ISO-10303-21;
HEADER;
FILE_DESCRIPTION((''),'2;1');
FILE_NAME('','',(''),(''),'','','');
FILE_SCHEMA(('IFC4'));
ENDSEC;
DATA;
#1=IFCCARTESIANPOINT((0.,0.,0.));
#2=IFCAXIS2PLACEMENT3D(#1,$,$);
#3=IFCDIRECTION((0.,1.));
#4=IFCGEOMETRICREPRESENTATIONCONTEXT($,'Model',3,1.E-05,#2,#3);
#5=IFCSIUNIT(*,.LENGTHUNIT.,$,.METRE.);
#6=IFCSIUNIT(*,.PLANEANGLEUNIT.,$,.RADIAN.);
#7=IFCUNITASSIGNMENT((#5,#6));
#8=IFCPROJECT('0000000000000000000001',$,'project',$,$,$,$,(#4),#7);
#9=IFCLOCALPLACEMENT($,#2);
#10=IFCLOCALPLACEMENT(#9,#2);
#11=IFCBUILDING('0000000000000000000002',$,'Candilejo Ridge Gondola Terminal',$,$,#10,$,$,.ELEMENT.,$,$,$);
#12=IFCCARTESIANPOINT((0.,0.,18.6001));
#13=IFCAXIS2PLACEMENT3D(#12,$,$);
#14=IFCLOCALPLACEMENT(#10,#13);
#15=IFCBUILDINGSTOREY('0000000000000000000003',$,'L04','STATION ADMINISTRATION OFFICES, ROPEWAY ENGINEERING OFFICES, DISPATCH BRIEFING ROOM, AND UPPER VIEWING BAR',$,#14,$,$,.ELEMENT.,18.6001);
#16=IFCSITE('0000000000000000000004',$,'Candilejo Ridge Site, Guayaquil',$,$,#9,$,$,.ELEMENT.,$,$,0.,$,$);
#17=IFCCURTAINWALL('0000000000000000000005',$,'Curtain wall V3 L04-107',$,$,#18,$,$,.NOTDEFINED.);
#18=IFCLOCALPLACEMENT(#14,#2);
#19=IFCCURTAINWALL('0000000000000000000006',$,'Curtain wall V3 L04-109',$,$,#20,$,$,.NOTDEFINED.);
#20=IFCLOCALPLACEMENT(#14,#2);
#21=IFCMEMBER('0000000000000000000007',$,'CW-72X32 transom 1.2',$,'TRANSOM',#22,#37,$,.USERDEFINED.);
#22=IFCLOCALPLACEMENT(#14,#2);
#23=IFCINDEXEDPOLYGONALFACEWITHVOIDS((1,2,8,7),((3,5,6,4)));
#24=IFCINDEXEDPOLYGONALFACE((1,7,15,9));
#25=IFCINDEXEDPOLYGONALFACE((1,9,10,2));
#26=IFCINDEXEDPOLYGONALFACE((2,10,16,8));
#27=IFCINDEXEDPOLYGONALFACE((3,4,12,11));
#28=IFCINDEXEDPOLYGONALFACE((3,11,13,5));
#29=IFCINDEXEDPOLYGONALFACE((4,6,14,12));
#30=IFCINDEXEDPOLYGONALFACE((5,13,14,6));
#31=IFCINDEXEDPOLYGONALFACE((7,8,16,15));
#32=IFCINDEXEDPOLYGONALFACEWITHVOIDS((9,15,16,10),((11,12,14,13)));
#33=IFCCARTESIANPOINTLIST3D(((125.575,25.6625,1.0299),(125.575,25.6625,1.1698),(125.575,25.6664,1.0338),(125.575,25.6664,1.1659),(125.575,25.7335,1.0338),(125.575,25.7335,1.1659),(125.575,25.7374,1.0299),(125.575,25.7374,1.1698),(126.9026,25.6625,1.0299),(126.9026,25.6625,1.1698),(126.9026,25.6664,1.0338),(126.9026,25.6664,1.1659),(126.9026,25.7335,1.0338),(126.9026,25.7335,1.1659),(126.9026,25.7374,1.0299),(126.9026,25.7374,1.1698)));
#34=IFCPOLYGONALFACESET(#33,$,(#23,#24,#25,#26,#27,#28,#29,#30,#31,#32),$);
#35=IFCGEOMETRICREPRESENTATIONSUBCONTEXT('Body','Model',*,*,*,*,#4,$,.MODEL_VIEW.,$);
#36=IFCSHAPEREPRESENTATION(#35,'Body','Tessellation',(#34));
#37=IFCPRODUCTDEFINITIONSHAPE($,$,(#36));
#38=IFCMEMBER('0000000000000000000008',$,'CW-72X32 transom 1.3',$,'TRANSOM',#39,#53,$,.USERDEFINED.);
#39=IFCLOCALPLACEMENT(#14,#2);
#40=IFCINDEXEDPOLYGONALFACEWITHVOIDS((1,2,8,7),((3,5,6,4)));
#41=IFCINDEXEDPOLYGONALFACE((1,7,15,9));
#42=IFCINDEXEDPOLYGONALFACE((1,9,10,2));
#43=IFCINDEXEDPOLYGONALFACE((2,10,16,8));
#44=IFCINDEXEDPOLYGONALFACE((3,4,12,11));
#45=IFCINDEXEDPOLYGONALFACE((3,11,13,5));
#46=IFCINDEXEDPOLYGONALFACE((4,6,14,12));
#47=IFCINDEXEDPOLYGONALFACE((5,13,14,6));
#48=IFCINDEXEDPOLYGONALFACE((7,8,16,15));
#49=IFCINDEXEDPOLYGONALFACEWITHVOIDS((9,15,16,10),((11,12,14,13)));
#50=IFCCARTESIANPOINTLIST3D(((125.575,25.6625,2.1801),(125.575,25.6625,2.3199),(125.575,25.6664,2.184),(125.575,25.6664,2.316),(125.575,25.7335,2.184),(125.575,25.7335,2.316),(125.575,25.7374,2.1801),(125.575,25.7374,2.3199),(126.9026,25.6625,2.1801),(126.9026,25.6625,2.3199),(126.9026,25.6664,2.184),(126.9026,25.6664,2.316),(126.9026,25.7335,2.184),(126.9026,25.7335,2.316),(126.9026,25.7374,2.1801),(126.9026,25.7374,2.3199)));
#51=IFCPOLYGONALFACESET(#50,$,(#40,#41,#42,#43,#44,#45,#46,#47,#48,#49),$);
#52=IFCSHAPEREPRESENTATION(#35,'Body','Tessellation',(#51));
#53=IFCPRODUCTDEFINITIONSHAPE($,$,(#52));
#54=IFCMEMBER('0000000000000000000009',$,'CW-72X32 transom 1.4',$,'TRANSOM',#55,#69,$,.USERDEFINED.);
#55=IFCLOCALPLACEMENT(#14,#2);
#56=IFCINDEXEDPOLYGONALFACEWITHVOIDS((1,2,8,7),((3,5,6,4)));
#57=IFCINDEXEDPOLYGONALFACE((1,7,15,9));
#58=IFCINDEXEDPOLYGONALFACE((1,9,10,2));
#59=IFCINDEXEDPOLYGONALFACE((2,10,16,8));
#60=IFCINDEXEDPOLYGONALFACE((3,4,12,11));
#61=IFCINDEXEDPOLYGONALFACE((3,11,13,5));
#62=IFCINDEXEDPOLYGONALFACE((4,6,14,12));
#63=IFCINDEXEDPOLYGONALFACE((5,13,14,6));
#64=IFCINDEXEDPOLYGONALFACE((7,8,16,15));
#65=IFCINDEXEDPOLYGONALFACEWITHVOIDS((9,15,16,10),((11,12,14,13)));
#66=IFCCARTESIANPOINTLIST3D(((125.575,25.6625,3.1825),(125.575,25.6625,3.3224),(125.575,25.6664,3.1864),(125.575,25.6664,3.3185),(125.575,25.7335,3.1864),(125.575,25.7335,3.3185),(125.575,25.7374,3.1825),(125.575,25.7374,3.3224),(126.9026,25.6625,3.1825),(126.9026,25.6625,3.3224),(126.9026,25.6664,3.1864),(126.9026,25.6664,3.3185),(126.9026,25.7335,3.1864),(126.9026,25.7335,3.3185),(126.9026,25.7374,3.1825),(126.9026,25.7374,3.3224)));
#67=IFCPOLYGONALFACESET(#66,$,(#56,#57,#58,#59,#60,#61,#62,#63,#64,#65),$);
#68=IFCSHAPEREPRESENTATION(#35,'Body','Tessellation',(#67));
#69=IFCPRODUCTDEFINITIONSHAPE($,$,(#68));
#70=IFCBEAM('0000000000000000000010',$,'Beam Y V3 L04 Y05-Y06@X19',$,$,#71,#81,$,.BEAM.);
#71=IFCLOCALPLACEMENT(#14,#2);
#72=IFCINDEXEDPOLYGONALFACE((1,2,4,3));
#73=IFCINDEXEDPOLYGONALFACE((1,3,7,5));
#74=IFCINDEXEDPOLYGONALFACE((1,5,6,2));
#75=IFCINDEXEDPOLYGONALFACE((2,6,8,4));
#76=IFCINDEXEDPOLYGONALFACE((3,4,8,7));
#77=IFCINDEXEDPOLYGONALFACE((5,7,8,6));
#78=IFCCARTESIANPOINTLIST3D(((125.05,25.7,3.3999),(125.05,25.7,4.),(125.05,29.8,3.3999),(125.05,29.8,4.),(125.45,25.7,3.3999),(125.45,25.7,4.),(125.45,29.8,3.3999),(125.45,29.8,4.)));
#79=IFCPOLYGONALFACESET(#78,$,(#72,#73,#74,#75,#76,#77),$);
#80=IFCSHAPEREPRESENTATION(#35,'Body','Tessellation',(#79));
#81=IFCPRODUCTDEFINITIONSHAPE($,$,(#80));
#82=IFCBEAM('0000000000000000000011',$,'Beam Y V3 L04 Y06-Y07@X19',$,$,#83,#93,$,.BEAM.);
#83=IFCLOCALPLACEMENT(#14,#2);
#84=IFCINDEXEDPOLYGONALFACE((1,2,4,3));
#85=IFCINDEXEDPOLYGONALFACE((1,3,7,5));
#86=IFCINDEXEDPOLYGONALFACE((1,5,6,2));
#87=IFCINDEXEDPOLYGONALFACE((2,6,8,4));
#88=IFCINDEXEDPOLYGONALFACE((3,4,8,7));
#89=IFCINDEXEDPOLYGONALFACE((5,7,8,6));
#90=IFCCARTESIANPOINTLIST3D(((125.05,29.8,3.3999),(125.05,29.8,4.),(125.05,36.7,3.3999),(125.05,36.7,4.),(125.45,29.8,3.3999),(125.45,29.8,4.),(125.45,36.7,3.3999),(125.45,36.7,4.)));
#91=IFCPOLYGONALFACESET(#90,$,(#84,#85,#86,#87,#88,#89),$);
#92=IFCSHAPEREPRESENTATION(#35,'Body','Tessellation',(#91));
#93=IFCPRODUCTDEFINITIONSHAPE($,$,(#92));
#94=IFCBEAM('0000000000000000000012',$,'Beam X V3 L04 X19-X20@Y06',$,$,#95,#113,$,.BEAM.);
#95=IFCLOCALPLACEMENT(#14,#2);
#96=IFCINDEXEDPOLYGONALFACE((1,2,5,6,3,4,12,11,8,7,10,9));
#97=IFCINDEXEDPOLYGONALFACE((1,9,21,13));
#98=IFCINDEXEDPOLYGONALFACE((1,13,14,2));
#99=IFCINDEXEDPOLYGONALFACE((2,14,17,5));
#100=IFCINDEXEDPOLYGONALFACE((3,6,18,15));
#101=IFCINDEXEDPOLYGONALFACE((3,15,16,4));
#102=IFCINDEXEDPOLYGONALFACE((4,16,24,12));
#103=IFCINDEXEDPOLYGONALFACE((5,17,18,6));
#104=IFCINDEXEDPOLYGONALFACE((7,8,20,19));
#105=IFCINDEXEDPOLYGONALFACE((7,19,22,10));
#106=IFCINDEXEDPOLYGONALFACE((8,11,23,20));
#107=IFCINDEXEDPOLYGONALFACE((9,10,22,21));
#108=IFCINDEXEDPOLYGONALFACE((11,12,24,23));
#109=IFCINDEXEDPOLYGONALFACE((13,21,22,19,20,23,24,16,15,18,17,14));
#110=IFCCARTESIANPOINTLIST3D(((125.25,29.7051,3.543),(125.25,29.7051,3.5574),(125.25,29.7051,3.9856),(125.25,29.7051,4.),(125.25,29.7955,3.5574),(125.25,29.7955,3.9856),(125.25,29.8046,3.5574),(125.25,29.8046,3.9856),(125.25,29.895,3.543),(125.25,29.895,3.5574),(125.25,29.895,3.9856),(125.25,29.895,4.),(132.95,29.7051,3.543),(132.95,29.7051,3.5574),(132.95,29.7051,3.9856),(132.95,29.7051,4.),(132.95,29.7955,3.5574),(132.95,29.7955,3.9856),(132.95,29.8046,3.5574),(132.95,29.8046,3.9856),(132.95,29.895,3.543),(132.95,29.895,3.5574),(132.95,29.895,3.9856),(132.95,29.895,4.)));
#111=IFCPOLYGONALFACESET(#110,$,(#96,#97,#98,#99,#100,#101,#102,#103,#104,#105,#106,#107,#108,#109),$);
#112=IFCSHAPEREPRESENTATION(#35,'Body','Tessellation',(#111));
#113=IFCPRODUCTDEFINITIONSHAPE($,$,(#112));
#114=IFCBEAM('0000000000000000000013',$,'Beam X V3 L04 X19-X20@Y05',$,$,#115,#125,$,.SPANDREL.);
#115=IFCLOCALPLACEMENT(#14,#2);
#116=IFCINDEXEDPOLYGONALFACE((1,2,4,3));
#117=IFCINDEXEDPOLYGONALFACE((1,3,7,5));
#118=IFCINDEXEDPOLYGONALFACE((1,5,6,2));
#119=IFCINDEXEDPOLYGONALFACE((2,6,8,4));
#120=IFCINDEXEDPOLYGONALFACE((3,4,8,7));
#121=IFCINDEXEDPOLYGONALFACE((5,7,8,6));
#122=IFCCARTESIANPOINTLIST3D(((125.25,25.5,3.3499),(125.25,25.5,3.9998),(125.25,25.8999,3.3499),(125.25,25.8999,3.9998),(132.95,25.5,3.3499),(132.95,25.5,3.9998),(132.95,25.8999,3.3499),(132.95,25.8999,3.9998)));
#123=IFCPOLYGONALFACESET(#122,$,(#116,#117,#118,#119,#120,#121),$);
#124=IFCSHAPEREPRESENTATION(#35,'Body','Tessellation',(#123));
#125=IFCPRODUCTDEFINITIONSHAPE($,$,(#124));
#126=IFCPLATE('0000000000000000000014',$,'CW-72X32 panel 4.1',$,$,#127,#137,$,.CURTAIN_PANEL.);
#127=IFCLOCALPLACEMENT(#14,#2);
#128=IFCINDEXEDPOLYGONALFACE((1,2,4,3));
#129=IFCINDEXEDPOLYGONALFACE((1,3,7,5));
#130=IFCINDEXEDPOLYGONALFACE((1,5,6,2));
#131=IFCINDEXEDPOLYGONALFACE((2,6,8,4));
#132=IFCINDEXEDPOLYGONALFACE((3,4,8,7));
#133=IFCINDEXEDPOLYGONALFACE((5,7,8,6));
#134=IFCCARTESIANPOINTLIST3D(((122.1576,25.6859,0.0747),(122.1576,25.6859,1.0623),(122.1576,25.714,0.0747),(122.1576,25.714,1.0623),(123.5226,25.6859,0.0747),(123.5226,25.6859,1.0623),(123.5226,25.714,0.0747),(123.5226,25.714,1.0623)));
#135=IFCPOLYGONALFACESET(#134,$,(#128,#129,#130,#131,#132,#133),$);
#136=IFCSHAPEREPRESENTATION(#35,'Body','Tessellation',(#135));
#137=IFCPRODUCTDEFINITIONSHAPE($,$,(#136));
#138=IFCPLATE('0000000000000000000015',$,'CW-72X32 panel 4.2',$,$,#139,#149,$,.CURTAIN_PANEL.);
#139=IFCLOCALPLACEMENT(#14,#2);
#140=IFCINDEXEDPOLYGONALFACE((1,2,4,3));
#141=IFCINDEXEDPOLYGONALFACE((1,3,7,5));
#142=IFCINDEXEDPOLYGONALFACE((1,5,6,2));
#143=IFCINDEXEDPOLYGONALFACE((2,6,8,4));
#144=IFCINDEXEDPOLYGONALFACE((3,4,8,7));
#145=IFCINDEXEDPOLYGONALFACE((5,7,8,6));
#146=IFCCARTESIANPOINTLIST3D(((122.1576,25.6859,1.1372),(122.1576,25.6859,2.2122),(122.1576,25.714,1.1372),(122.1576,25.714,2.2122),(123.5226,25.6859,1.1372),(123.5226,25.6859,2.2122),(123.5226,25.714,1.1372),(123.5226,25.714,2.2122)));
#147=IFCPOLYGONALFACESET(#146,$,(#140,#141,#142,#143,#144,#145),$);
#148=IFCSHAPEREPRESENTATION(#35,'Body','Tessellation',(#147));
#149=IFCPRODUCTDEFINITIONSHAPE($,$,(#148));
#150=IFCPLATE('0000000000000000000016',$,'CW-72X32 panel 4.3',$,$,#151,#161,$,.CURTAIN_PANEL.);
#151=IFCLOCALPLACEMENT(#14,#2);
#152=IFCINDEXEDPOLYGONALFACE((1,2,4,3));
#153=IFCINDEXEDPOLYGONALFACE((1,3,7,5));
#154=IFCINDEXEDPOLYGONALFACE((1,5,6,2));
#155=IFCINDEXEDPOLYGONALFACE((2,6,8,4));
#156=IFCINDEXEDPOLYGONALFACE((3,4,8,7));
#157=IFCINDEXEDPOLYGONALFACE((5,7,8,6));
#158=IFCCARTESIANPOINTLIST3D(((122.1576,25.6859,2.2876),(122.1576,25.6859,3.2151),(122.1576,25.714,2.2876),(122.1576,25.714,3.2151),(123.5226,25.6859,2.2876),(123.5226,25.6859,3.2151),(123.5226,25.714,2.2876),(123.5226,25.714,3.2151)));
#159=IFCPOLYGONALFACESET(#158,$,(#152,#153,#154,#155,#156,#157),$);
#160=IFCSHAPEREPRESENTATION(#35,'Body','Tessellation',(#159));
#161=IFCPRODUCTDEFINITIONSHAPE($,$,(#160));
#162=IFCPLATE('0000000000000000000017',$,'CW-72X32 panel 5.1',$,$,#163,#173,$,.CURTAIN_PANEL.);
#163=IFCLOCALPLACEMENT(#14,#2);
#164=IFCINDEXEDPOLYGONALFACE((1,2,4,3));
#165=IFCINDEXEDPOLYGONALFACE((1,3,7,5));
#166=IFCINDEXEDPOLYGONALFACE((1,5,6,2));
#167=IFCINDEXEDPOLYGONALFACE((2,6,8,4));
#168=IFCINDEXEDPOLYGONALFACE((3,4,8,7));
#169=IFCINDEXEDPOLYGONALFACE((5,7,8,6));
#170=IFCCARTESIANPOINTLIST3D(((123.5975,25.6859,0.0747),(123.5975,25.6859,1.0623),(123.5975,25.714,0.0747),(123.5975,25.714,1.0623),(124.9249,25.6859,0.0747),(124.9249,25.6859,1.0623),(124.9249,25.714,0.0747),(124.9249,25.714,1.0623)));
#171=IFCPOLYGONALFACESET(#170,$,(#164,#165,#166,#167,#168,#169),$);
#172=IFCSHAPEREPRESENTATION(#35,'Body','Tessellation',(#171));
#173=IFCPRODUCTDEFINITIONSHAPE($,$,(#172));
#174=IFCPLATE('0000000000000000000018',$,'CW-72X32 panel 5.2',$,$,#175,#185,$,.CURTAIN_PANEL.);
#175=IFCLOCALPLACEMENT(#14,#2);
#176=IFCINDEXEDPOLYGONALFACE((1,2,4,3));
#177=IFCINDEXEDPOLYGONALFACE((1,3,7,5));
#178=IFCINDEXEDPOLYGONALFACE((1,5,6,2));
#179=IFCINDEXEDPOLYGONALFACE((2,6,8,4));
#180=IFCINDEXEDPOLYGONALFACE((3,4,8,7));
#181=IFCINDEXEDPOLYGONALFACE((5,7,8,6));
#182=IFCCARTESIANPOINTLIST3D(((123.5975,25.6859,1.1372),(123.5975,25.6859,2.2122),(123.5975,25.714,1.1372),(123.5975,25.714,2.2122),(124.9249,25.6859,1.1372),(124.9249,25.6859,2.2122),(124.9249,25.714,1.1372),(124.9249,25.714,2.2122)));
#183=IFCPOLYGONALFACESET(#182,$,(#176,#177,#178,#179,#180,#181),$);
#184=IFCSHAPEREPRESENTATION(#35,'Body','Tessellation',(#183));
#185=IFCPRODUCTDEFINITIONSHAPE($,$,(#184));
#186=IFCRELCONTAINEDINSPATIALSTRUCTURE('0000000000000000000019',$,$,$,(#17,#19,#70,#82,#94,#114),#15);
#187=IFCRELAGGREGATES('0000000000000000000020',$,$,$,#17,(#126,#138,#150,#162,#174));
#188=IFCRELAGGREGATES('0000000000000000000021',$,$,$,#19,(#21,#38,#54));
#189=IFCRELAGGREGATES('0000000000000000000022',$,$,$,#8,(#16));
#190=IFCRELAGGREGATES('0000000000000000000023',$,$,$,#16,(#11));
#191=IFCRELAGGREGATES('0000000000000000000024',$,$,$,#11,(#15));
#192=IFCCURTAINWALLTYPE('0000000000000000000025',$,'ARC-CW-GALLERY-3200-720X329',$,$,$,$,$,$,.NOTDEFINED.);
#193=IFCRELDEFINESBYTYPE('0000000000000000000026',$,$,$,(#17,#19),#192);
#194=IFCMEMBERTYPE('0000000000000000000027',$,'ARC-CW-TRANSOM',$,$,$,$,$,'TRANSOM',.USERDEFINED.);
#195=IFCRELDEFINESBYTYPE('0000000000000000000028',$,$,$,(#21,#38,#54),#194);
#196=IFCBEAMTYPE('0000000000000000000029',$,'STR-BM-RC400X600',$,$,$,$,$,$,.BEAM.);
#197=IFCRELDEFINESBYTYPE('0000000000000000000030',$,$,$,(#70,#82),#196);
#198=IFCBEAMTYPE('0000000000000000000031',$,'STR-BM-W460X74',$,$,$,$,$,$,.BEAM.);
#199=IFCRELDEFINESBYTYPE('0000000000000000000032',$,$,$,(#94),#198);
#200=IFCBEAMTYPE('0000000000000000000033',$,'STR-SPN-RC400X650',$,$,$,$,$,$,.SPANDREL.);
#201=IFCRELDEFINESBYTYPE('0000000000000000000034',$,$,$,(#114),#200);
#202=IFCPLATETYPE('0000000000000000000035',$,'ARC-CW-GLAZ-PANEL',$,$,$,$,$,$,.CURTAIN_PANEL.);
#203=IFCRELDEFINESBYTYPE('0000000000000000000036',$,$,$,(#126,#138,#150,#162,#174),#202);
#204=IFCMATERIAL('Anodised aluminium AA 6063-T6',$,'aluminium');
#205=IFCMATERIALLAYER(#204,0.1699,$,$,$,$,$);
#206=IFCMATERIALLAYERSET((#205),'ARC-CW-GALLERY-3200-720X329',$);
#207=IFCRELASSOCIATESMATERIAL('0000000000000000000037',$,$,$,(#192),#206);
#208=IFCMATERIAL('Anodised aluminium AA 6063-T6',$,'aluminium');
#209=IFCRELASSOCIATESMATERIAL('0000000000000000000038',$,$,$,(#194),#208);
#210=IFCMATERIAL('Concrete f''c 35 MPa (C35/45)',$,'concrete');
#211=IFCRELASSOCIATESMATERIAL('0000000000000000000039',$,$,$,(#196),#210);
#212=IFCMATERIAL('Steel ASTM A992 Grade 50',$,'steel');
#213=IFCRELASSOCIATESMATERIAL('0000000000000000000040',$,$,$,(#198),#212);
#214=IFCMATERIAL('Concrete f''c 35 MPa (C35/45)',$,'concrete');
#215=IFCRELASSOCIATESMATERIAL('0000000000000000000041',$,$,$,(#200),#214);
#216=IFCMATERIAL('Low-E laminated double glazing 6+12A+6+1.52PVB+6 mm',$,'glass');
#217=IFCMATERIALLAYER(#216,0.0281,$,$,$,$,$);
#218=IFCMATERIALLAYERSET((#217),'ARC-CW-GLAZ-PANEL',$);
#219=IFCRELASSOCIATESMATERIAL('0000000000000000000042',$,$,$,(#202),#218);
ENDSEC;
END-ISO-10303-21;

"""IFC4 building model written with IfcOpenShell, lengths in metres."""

from ifc_helpers import new_model, si_unit, direction, frame, origin, origin_2d, place, context, subcontext, project, spatial, rectangle, hollow_rectangle, i_section, extrude, material, layer, layer_set, material_profile, profile_set, type_object, element, aggregate, save


model = new_model("IFC4")

# Units and contexts
model_context = context("Model", 3, precision=1e-05, world=origin(), true_north=direction((0.0, 1.0)))
body_context = subcontext(model_context, "Body", "Model", "MODEL_VIEW")
ifc_project = project(units=[si_unit("LENGTHUNIT", "METRE"), si_unit("PLANEANGLEUNIT", "RADIAN")], contexts=[model_context])

# Site, building, storey
site_placement = place(None, origin())
site = spatial("IfcSite", under=ifc_project, at=site_placement, Name="Candilejo Ridge Site, Guayaquil", CompositionType="ELEMENT", RefElevation=0.0)
building_placement = place(site_placement, origin())
building = spatial("IfcBuilding", under=site, at=building_placement, Name="Candilejo Ridge Gondola Terminal", CompositionType="ELEMENT")
storey_placement = place(building_placement, frame((0.0, 0.0, 18.6001)))
storey = spatial("IfcBuildingStorey", under=building, at=storey_placement, Name="L04", Description="STATION ADMINISTRATION OFFICES, ROPEWAY ENGINEERING OFFICES, DISPATCH BRIEFING ROOM, AND UPPER VIEWING BAR", CompositionType="ELEMENT", Elevation=18.6001)

# Curtain walls
ifc_material_1 = material(Name="Anodised aluminium AA 6063-T6", Category="aluminium")
ifc_layer_1 = layer(ifc_material_1, 0.1699)
ifc_layer_set_1 = layer_set([ifc_layer_1], Name="ARC-CW-GALLERY-3200-720X329")
curtain_wall_type = type_object("IfcCurtainWallType", Name="ARC-CW-GALLERY-3200-720X329", PredefinedType="NOTDEFINED", material=ifc_layer_set_1)
curtain_wall_1_placement = place(storey_placement, origin())
curtain_wall_1 = element("IfcCurtainWall", 1, at=curtain_wall_1_placement, inside=storey, type_object=curtain_wall_type, Name="Curtain wall V3 L04-107", PredefinedType="NOTDEFINED")
curtain_wall_2_placement = place(storey_placement, origin())
curtain_wall_2 = element("IfcCurtainWall", 2, at=curtain_wall_2_placement, inside=storey, type_object=curtain_wall_type, Name="Curtain wall V3 L04-109", PredefinedType="NOTDEFINED")

# Members
ifc_material_2 = material(Name="Anodised aluminium AA 6063-T6", Category="aluminium")
ifc_material_profile_1 = material_profile(ifc_material_2, hollow_rectangle(XDim=0.075, YDim=0.1399, WallThickness=0.0039, at=origin_2d()))
ifc_profile_set_1 = profile_set([ifc_material_profile_1], Name="Anodised aluminium AA 6063-T6")
member_type_1 = type_object("IfcMemberType", Name="ARC-CW-TRANSOM", ElementType="TRANSOM", PredefinedType="USERDEFINED", material=ifc_profile_set_1)
member_1_placement = place(storey_placement, frame((125.575, 25.7, 1.0999), z_axis=(1.0, 0.0, 0.0), x_axis=(0.0, 1.0, 0.0)))
member_1 = element("IfcMember", 3, at=member_1_placement, type_object=member_type_1, Name="CW-72X32 transom 1.2", ObjectType="TRANSOM", PredefinedType="USERDEFINED", context=body_context, shape_type="SweptSolid", body=[
    extrude(hollow_rectangle(XDim=0.075, YDim=0.1399, WallThickness=0.0039, at=origin_2d()), origin(), (0.0, 0.0, 1.0), 1.3276),
])
member_2_placement = place(storey_placement, frame((125.575, 25.7, 2.25), z_axis=(1.0, 0.0, 0.0), x_axis=(0.0, 1.0, 0.0)))
member_2 = element("IfcMember", 4, at=member_2_placement, type_object=member_type_1, Name="CW-72X32 transom 1.3", ObjectType="TRANSOM", PredefinedType="USERDEFINED", context=body_context, shape_type="SweptSolid", body=[
    extrude(hollow_rectangle(XDim=0.075, YDim=0.1399, WallThickness=0.0039, at=origin_2d()), origin(), (0.0, 0.0, 1.0), 1.3276),
])
member_3_placement = place(storey_placement, frame((125.575, 25.7, 3.2524), z_axis=(1.0, 0.0, 0.0), x_axis=(0.0, 1.0, 0.0)))
member_3 = element("IfcMember", 5, at=member_3_placement, type_object=member_type_1, Name="CW-72X32 transom 1.4", ObjectType="TRANSOM", PredefinedType="USERDEFINED", context=body_context, shape_type="SweptSolid", body=[
    extrude(hollow_rectangle(XDim=0.075, YDim=0.1399, WallThickness=0.0039, at=origin_2d()), origin(), (0.0, 0.0, 1.0), 1.3276),
])

# Beams
ifc_material_3 = material(Name="Concrete f'c 35 MPa (C35/45)", Category="concrete")
ifc_material_profile_2 = material_profile(ifc_material_3, rectangle(XDim=0.3999, YDim=0.6001, at=origin_2d()))
ifc_profile_set_2 = profile_set([ifc_material_profile_2], Name="Concrete f'c 35 MPa (C35/45)")
beam_type_1 = type_object("IfcBeamType", Name="STR-BM-RC400X600", PredefinedType="BEAM", material=ifc_profile_set_2)
beam_1_placement = place(storey_placement, frame((125.25, 25.7, 3.7), z_axis=(0.0, 1.0, 0.0), x_axis=(-1.0, 0.0, 0.0)))
element("IfcBeam", 6, at=beam_1_placement, inside=storey, type_object=beam_type_1, Name="Beam Y V3 L04 Y05-Y06@X19", PredefinedType="BEAM", context=body_context, shape_type="SweptSolid", body=[
    extrude(rectangle(XDim=0.3999, YDim=0.6001, at=origin_2d()), origin(), (0.0, 0.0, 1.0), 4.1001),
])
beam_2_placement = place(storey_placement, frame((125.25, 29.8, 3.7), z_axis=(0.0, 1.0, 0.0), x_axis=(-1.0, 0.0, 0.0)))
element("IfcBeam", 7, at=beam_2_placement, inside=storey, type_object=beam_type_1, Name="Beam Y V3 L04 Y06-Y07@X19", PredefinedType="BEAM", context=body_context, shape_type="SweptSolid", body=[
    extrude(rectangle(XDim=0.3999, YDim=0.6001, at=origin_2d()), origin(), (0.0, 0.0, 1.0), 6.8999),
])
ifc_material_4 = material(Name="Steel ASTM A992 Grade 50", Category="steel")
ifc_material_profile_3 = material_profile(ifc_material_4, i_section(OverallWidth=0.1899, OverallDepth=0.457, WebThickness=0.009, FlangeThickness=0.0144, at=origin_2d()))
ifc_profile_set_3 = profile_set([ifc_material_profile_3], Name="Steel ASTM A992 Grade 50")
beam_type_2 = type_object("IfcBeamType", Name="STR-BM-W460X74", PredefinedType="BEAM", material=ifc_profile_set_3)
beam_3_placement = place(storey_placement, frame((125.25, 29.8, 3.7715), z_axis=(1.0, 0.0, 0.0), x_axis=(0.0, 1.0, 0.0)))
element("IfcBeam", 8, at=beam_3_placement, inside=storey, type_object=beam_type_2, Name="Beam X V3 L04 X19-X20@Y06", PredefinedType="BEAM", context=body_context, shape_type="SweptSolid", body=[
    extrude(i_section(OverallWidth=0.1899, OverallDepth=0.457, WebThickness=0.009, FlangeThickness=0.0144, at=origin_2d()), origin(), (0.0, 0.0, 1.0), 7.7),
])
ifc_material_5 = material(Name="Concrete f'c 35 MPa (C35/45)", Category="concrete")
ifc_material_profile_4 = material_profile(ifc_material_5, rectangle(XDim=0.3999, YDim=0.6499, at=origin_2d()))
ifc_profile_set_4 = profile_set([ifc_material_profile_4], Name="Concrete f'c 35 MPa (C35/45)")
beam_type_3 = type_object("IfcBeamType", Name="STR-SPN-RC400X650", PredefinedType="SPANDREL", material=ifc_profile_set_4)
beam_4_placement = place(storey_placement, frame((125.25, 25.7, 3.6748), z_axis=(1.0, 0.0, 0.0), x_axis=(0.0, 1.0, 0.0)))
element("IfcBeam", 9, at=beam_4_placement, inside=storey, type_object=beam_type_3, Name="Beam X V3 L04 X19-X20@Y05", PredefinedType="SPANDREL", context=body_context, shape_type="SweptSolid", body=[
    extrude(rectangle(XDim=0.3999, YDim=0.6499, at=origin_2d()), origin(), (0.0, 0.0, 1.0), 7.7),
])

# Plates
ifc_material_6 = material(Name="Low-E laminated double glazing 6+12A+6+1.52PVB+6 mm", Category="glass")
ifc_layer_2 = layer(ifc_material_6, 0.0281)
ifc_layer_set_2 = layer_set([ifc_layer_2], Name="ARC-CW-GLAZ-PANEL")
plate_type = type_object("IfcPlateType", Name="ARC-CW-GLAZ-PANEL", PredefinedType="CURTAIN_PANEL", material=ifc_layer_set_2)
plate_1_placement = place(storey_placement, frame((122.8401, 25.7, 0.0747), z_axis=(0.0, 0.0, 1.0), x_axis=(1.0, 0.0, 0.0)))
plate_1 = element("IfcPlate", 10, at=plate_1_placement, type_object=plate_type, Name="CW-72X32 panel 4.1", PredefinedType="CURTAIN_PANEL", context=body_context, shape_type="SweptSolid", body=[
    extrude(rectangle(XDim=1.365, YDim=0.0281, at=origin_2d()), origin(), (0.0, 0.0, 1.0), 0.9875),
])
plate_2_placement = place(storey_placement, frame((122.8401, 25.7, 1.1372), z_axis=(0.0, 0.0, 1.0), x_axis=(1.0, 0.0, 0.0)))
plate_2 = element("IfcPlate", 11, at=plate_2_placement, type_object=plate_type, Name="CW-72X32 panel 4.2", PredefinedType="CURTAIN_PANEL", context=body_context, shape_type="SweptSolid", body=[
    extrude(rectangle(XDim=1.365, YDim=0.0281, at=origin_2d()), origin(), (0.0, 0.0, 1.0), 1.075),
])
plate_3_placement = place(storey_placement, frame((122.8401, 25.7, 2.2876), z_axis=(0.0, 0.0, 1.0), x_axis=(1.0, 0.0, 0.0)))
plate_3 = element("IfcPlate", 12, at=plate_3_placement, type_object=plate_type, Name="CW-72X32 panel 4.3", PredefinedType="CURTAIN_PANEL", context=body_context, shape_type="SweptSolid", body=[
    extrude(rectangle(XDim=1.365, YDim=0.0281, at=origin_2d()), origin(), (0.0, 0.0, 1.0), 0.9275),
])
plate_4_placement = place(storey_placement, frame((124.2612, 25.7, 0.0747), z_axis=(0.0, 0.0, 1.0), x_axis=(1.0, 0.0, 0.0)))
plate_4 = element("IfcPlate", 13, at=plate_4_placement, type_object=plate_type, Name="CW-72X32 panel 5.1", PredefinedType="CURTAIN_PANEL", context=body_context, shape_type="SweptSolid", body=[
    extrude(rectangle(XDim=1.3274, YDim=0.0281, at=origin_2d()), origin(), (0.0, 0.0, 1.0), 0.9875),
])
plate_5_placement = place(storey_placement, frame((124.2612, 25.7, 1.1372), z_axis=(0.0, 0.0, 1.0), x_axis=(1.0, 0.0, 0.0)))
plate_5 = element("IfcPlate", 14, at=plate_5_placement, type_object=plate_type, Name="CW-72X32 panel 5.2", PredefinedType="CURTAIN_PANEL", context=body_context, shape_type="SweptSolid", body=[
    extrude(rectangle(XDim=1.3274, YDim=0.0281, at=origin_2d()), origin(), (0.0, 0.0, 1.0), 1.075),
])
aggregate(curtain_wall_1, [plate_1, plate_2, plate_3, plate_4, plate_5])
aggregate(curtain_wall_2, [member_1, member_2, member_3])

save(model, "model.ifc")
